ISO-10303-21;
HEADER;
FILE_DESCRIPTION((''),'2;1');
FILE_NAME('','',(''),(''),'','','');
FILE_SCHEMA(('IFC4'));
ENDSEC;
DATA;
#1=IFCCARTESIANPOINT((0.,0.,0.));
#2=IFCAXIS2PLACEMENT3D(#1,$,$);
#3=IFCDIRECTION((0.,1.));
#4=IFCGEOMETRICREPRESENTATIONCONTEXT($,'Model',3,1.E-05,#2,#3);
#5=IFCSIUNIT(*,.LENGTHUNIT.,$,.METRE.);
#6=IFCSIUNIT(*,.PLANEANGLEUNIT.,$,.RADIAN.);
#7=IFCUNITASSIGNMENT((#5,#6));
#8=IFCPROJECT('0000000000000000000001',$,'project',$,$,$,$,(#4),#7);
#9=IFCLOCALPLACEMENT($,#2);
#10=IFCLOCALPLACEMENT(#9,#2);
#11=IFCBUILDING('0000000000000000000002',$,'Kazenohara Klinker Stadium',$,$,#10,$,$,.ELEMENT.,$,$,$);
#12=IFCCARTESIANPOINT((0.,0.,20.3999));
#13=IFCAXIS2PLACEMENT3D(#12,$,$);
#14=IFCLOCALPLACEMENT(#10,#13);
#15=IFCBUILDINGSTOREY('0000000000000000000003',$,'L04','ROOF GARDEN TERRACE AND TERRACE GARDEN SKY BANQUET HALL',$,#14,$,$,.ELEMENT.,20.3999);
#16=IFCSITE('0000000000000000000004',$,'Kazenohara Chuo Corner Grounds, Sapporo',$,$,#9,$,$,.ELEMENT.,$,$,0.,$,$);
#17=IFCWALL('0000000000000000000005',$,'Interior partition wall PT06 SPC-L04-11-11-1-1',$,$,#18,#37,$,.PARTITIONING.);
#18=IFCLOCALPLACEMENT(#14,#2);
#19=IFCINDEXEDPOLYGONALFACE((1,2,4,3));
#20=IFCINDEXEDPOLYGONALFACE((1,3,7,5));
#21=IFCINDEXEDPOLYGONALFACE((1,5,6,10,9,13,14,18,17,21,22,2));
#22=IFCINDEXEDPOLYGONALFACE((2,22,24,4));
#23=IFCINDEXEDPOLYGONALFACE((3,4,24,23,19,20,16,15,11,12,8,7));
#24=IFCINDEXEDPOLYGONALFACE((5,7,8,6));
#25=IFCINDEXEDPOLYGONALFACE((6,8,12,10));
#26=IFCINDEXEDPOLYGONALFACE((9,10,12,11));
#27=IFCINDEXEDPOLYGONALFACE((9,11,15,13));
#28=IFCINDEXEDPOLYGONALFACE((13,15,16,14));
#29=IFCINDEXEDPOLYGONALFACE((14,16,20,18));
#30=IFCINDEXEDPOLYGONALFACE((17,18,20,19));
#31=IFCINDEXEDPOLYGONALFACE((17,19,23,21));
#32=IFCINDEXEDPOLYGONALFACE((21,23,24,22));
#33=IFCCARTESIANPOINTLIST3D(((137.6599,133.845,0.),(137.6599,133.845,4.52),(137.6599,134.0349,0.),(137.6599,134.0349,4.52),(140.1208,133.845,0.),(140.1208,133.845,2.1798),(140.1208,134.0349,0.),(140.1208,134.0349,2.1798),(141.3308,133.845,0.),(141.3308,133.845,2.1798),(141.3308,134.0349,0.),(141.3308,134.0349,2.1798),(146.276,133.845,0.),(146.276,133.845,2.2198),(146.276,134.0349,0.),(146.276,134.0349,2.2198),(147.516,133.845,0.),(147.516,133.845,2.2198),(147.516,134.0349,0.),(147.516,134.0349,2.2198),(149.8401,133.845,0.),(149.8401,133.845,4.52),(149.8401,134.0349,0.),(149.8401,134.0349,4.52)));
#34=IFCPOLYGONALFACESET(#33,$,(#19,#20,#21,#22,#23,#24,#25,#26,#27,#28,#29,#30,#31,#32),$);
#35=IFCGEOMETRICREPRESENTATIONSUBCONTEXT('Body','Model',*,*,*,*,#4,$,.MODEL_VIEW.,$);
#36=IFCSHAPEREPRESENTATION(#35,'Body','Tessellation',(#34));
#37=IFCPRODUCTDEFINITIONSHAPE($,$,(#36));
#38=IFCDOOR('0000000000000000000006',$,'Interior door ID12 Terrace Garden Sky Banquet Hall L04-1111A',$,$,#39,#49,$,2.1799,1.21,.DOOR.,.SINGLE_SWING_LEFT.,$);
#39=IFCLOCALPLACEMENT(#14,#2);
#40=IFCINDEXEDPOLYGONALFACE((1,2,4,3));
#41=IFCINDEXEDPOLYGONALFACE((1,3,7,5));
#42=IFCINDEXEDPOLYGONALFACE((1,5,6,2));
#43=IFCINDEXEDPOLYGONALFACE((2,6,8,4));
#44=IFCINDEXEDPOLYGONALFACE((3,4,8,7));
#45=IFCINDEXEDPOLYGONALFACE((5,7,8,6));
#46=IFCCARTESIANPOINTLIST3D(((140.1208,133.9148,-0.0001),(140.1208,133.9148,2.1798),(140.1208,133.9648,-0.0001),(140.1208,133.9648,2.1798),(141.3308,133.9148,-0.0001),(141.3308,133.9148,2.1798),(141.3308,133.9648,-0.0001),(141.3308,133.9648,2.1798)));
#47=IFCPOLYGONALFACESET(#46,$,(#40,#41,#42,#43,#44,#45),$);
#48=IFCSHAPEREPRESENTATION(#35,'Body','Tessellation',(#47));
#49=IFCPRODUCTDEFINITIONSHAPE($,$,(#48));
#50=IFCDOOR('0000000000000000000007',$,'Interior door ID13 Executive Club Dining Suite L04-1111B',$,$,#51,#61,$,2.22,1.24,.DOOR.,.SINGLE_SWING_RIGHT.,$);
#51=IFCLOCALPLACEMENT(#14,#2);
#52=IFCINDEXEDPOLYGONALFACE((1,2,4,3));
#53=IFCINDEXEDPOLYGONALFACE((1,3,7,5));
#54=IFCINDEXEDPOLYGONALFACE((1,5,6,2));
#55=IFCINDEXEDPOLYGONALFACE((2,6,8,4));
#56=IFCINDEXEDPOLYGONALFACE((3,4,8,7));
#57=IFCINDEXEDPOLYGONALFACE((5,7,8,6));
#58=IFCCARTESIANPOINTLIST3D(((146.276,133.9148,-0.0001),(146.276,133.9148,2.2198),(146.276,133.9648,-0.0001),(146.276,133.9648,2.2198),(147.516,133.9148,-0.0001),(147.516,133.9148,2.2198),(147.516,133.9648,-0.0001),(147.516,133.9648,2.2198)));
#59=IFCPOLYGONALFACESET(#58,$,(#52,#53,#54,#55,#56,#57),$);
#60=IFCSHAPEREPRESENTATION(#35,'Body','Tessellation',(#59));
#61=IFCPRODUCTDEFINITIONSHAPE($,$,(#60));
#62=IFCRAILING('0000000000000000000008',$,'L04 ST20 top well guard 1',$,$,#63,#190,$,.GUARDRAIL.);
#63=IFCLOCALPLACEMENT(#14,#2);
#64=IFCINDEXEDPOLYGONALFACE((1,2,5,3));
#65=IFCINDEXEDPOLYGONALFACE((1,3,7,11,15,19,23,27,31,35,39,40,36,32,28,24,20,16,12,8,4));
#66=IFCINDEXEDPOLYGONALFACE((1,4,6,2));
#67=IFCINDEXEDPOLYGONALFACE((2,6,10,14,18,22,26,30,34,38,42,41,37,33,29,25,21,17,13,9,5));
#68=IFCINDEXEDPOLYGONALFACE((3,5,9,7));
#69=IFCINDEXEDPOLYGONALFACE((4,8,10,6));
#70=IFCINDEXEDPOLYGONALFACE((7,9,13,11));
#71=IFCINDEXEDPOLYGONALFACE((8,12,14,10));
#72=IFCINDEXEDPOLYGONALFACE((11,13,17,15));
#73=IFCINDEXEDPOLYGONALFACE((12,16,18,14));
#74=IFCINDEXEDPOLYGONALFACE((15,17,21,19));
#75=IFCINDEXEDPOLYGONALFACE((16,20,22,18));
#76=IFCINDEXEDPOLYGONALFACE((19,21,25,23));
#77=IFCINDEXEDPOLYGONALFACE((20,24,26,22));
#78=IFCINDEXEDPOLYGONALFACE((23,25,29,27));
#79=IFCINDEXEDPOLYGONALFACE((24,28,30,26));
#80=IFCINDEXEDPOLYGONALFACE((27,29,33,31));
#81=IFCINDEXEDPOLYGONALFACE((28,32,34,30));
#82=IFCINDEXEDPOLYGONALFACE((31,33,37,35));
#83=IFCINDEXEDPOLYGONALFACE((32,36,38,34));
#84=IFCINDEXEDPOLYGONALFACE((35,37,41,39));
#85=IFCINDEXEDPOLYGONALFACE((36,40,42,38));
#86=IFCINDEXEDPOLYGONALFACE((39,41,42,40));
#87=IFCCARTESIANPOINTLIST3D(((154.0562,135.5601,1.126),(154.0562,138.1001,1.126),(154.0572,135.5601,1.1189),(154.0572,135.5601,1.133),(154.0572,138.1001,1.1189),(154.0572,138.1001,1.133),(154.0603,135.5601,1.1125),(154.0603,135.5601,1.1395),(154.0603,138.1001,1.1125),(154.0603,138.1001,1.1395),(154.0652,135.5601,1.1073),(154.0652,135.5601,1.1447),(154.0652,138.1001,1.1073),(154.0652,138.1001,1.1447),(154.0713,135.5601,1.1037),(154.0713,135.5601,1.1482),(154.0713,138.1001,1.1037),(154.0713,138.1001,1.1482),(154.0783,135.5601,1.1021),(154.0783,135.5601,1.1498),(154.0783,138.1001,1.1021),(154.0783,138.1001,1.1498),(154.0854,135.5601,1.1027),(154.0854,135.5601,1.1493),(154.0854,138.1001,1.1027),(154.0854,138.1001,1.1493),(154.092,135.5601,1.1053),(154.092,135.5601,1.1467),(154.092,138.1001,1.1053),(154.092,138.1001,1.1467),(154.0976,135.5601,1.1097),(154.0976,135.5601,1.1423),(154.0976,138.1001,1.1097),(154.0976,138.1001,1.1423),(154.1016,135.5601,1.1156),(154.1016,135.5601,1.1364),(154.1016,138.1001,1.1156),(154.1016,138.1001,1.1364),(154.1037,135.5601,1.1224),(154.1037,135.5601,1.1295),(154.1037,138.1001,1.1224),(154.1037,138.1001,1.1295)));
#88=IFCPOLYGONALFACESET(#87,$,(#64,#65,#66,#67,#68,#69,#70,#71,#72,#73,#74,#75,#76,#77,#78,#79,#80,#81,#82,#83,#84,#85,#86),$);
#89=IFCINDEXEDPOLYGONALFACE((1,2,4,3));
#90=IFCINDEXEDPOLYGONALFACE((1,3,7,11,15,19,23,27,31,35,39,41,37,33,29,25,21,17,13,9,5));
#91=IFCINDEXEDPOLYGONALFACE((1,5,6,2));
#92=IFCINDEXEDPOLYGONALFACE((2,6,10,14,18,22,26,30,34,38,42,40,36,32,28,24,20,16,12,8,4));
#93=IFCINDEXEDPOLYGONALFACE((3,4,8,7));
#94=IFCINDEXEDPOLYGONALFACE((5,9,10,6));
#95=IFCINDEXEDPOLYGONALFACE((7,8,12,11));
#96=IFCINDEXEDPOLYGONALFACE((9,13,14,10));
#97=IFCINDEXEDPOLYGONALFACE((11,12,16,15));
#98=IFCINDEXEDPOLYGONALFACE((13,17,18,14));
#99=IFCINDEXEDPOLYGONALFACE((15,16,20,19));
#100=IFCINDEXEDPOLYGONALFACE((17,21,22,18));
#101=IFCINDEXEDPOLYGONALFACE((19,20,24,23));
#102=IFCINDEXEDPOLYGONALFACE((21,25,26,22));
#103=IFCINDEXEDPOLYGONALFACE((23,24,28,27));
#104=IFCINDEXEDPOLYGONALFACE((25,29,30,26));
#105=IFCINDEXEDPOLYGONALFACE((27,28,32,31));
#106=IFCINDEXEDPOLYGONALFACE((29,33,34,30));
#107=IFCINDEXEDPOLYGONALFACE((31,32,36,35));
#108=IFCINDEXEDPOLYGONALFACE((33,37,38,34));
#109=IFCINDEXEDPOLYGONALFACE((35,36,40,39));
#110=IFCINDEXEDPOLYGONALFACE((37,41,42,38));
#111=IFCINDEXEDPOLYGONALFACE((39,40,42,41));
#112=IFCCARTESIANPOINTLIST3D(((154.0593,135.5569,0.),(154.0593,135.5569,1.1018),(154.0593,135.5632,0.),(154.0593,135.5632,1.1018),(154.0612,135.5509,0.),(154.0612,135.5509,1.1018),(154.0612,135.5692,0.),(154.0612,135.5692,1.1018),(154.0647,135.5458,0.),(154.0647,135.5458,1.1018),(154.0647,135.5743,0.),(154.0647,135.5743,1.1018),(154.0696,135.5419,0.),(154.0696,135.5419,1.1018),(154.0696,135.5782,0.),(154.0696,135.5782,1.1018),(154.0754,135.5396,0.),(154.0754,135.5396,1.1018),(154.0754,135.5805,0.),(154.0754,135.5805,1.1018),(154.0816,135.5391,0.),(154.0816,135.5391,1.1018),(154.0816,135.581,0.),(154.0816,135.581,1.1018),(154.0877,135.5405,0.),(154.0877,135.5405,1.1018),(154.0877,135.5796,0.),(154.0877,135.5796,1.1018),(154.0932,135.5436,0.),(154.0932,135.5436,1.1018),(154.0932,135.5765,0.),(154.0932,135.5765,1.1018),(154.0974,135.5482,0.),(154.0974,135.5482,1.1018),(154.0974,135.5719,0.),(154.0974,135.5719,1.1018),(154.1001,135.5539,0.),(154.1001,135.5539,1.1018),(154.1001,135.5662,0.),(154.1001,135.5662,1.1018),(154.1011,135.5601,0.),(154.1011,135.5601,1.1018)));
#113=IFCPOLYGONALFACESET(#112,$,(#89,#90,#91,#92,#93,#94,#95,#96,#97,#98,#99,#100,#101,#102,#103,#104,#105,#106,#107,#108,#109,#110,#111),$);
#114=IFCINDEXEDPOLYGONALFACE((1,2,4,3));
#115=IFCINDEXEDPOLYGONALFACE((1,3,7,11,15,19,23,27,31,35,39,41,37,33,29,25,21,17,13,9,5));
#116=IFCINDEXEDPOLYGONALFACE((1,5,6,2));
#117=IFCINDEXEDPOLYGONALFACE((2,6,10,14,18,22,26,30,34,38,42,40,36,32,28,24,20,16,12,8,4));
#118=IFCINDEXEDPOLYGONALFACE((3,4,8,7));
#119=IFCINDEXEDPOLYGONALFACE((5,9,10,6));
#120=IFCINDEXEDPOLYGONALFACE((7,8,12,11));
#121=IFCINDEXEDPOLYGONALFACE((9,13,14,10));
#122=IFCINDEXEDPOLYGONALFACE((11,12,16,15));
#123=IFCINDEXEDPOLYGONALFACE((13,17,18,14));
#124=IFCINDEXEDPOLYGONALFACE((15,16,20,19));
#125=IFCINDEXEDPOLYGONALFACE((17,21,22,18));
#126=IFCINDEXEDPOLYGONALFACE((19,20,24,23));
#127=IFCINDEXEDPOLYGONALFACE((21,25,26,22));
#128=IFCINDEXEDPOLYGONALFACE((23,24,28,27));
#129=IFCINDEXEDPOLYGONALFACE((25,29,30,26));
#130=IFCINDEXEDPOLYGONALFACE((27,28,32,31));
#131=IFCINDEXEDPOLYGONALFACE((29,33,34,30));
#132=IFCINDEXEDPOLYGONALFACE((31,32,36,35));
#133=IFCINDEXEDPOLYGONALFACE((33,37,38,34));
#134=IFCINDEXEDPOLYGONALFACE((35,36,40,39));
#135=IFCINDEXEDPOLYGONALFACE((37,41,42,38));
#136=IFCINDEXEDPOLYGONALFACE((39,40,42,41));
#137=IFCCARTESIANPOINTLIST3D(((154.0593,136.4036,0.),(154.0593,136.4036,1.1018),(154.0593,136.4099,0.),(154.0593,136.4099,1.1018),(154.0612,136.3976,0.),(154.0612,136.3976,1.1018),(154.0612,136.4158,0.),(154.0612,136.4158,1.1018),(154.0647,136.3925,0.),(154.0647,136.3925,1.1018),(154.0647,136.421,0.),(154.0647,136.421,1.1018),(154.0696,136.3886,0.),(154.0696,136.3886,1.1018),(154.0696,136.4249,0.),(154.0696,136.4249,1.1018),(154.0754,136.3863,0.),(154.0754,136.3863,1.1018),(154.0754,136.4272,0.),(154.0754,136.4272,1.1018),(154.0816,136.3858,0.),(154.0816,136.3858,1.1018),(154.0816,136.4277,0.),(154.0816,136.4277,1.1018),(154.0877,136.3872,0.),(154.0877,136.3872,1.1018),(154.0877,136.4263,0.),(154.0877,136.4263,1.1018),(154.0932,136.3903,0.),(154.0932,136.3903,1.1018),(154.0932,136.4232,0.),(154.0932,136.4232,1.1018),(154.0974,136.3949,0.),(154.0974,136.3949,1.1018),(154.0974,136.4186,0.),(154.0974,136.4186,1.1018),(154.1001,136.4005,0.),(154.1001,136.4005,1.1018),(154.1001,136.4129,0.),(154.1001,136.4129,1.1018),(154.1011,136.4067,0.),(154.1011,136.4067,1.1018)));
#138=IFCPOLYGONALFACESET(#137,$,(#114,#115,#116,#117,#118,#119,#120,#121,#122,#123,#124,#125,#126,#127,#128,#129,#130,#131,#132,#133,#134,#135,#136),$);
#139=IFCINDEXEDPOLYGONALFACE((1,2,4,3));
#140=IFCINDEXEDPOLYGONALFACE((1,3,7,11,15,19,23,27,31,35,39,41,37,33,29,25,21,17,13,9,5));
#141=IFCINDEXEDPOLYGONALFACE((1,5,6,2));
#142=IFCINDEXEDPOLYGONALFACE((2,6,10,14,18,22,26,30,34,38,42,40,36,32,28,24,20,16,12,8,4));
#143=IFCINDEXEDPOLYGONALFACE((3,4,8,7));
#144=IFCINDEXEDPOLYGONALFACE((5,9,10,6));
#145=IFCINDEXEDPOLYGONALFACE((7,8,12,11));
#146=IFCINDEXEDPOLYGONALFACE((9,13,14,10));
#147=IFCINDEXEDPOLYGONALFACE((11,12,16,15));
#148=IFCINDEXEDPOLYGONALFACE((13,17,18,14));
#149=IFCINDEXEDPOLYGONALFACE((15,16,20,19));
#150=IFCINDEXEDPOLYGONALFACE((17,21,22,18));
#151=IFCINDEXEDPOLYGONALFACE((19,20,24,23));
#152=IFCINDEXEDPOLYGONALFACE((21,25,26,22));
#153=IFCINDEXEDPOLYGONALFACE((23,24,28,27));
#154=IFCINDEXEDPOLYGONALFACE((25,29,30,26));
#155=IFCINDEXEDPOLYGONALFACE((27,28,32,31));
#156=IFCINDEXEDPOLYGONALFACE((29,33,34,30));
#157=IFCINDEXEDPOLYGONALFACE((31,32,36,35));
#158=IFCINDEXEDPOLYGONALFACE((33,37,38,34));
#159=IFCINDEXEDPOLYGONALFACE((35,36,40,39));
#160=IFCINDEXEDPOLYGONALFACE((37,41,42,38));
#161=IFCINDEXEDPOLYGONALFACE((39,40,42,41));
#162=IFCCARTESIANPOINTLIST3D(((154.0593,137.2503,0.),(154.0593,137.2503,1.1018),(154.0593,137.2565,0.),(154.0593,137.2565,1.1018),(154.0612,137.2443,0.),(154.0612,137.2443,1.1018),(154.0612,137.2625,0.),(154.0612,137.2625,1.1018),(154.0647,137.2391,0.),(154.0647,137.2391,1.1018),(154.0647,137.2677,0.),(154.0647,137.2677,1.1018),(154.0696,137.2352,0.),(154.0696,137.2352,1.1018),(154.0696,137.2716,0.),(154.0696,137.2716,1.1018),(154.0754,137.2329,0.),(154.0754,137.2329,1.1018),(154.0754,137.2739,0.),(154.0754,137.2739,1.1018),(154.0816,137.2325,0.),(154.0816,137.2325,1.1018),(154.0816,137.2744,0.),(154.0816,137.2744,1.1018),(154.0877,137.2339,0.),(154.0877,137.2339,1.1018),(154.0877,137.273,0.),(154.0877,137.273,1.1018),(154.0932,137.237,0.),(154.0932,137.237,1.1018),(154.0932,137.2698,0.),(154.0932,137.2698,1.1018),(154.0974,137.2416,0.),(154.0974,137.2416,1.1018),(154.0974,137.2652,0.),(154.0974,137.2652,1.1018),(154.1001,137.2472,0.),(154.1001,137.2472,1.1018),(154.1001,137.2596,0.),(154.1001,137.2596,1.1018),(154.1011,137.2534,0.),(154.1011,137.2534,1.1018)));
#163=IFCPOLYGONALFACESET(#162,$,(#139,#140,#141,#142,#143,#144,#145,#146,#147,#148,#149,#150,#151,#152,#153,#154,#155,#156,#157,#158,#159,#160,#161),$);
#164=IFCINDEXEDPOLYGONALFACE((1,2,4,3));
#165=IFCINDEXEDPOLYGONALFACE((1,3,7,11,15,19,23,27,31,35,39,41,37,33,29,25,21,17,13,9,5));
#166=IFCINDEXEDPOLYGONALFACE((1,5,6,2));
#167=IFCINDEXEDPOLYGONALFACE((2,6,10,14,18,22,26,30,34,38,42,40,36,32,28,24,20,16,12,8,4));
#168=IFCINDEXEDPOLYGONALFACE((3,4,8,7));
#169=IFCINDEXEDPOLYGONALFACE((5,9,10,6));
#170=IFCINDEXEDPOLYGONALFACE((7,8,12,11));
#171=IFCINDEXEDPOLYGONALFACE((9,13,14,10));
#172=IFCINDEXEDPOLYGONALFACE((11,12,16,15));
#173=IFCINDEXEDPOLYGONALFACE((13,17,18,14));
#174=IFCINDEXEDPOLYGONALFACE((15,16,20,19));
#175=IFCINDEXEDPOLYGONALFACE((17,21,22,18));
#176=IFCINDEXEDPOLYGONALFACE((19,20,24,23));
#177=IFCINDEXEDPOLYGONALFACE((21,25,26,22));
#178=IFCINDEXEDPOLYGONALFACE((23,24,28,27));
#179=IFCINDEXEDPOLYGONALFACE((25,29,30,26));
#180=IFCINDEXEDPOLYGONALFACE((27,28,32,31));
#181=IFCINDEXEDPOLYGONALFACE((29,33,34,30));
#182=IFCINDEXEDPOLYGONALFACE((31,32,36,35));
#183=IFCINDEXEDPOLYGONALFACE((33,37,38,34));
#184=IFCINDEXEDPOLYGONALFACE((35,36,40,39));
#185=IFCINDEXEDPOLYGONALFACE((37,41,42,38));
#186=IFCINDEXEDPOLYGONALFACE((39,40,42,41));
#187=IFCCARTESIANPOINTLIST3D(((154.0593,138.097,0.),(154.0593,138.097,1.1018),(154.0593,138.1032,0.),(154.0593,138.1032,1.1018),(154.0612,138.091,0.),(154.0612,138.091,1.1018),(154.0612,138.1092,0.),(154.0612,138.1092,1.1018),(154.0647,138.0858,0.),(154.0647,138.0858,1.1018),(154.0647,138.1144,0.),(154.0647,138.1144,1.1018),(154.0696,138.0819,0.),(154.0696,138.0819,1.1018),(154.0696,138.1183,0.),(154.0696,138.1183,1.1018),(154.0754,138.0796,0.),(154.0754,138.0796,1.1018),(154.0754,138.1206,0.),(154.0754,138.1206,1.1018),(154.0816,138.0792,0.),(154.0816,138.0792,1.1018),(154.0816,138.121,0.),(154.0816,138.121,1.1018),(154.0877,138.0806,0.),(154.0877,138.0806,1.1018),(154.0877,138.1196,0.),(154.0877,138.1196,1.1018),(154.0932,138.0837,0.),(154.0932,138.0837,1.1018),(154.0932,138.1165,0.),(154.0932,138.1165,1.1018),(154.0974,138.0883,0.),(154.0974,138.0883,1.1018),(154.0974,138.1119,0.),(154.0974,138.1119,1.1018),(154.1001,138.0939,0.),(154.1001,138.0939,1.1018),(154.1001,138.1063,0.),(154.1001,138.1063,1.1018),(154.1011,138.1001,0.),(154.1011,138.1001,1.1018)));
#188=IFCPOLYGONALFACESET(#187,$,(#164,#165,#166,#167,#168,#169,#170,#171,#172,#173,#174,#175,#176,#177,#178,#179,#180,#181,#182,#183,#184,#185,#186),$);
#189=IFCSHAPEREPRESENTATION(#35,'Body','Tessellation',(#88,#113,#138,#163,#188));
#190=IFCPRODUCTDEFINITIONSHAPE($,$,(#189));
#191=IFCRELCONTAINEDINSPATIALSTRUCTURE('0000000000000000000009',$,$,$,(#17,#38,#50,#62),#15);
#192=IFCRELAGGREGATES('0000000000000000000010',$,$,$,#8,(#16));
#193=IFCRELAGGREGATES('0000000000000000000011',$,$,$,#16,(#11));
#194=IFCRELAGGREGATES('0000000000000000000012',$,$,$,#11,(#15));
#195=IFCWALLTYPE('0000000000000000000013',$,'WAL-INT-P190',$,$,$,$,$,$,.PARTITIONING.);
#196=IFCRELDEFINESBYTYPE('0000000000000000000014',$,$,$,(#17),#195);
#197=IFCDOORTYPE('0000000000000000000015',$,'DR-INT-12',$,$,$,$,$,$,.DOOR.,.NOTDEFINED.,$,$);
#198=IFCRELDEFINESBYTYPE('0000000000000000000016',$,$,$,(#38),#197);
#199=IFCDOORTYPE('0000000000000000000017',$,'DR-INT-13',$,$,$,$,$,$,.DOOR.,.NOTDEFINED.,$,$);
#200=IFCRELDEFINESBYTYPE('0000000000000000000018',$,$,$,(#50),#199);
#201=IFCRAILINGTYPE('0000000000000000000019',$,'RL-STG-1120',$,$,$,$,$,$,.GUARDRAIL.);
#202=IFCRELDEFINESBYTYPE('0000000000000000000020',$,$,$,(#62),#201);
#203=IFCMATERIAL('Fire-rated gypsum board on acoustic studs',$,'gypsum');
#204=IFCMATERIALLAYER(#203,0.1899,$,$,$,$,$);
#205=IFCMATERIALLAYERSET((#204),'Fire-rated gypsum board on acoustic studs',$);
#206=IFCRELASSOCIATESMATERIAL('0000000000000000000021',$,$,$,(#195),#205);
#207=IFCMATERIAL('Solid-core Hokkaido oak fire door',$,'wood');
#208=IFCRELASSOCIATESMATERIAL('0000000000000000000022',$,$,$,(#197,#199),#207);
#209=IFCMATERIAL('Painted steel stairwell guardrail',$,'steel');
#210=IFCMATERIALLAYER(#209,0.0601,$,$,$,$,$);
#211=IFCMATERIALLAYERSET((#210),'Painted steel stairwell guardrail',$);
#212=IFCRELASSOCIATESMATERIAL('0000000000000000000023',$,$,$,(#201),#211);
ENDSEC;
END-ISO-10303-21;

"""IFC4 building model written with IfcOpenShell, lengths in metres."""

from ifc_helpers import new_model, si_unit, direction, frame, frame_2d, origin, origin_2d, place, context, subcontext, project, spatial, rectangle, circle, extrude, material, layer, layer_set, type_object, element, fill, save


model = new_model("IFC4")

# Units and contexts
model_context = context("Model", 3, precision=1e-05, world=origin(), true_north=direction((0.0, 1.0)))
body_context = subcontext(model_context, "Body", "Model", "MODEL_VIEW")
ifc_project = project(units=[si_unit("LENGTHUNIT", "METRE"), si_unit("PLANEANGLEUNIT", "RADIAN")], contexts=[model_context])

# Site, building, storey
site_placement = place(None, origin())
site = spatial("IfcSite", under=ifc_project, at=site_placement, Name="Kazenohara Chuo Corner Grounds, Sapporo", CompositionType="ELEMENT", RefElevation=0.0)
building_placement = place(site_placement, origin())
building = spatial("IfcBuilding", under=site, at=building_placement, Name="Kazenohara Klinker Stadium", CompositionType="ELEMENT")
storey_placement = place(building_placement, frame((0.0, 0.0, 20.3999)))
storey = spatial("IfcBuildingStorey", under=building, at=storey_placement, Name="L04", Description="ROOF GARDEN TERRACE AND TERRACE GARDEN SKY BANQUET HALL", CompositionType="ELEMENT", Elevation=20.3999)

# Shared definitions
ifc_material_1 = material(Name="Fire-rated gypsum board on acoustic studs", Category="gypsum")

# Shared definitions
ifc_material_2 = material(Name="Solid-core Hokkaido oak fire door", Category="wood")

# Wall, openings, doors
ifc_layer_1 = layer(ifc_material_1, 0.1899)
ifc_layer_set_1 = layer_set([ifc_layer_1], Name="Fire-rated gypsum board on acoustic studs")
wall_type_1 = type_object("IfcWallType", Name="WAL-INT-P190", PredefinedType="PARTITIONING", material=ifc_layer_set_1)
wall_1_placement = place(storey_placement, frame((137.6599, 133.9399, 0.0), z_axis=(0.0, 0.0, 1.0), x_axis=(1.0, 0.0, 0.0)))
wall_1 = element("IfcWall", 1, at=wall_1_placement, inside=storey, type_object=wall_type_1, Name="Interior partition wall PT06 SPC-L04-11-11-1-1", PredefinedType="PARTITIONING", context=body_context, shape_type="SweptSolid", body=[
    extrude(rectangle(XDim=12.1802, YDim=0.1899, at=frame_2d((6.0901, 0.0))), origin(), (0.0, 0.0, 1.0), 4.52),
])
opening_1_placement = place(wall_1_placement, frame((2.4609, 0.0, 0.0)))
opening_1 = element("IfcOpeningElement", 2, at=opening_1_placement, cuts=wall_1, PredefinedType="OPENING", context=body_context, shape_type="SweptSolid", body=[
    extrude(rectangle(XDim=1.21, YDim=2.1799, at=frame_2d((0.605, 1.0898))), frame((0.0, 0.105, 0.0), z_axis=(0.0, -1.0, 0.0), x_axis=(1.0, 0.0, 0.0)), (0.0, 0.0, 1.0), 0.21),
])
opening_2_placement = place(wall_1_placement, frame((8.616, 0.0, 0.0)))
opening_2 = element("IfcOpeningElement", 3, at=opening_2_placement, cuts=wall_1, PredefinedType="OPENING", context=body_context, shape_type="SweptSolid", body=[
    extrude(rectangle(XDim=1.24, YDim=2.22, at=frame_2d((0.6201, 1.1099))), frame((0.0, 0.105, 0.0), z_axis=(0.0, -1.0, 0.0), x_axis=(1.0, 0.0, 0.0)), (0.0, 0.0, 1.0), 0.21),
])
door_type_1 = type_object("IfcDoorType", Name="DR-INT-12", OperationType="NOTDEFINED", PredefinedType="DOOR", material=ifc_material_2)
door_1_placement = place(opening_1_placement, origin())
door_1 = element("IfcDoor", 4, at=door_1_placement, inside=storey, type_object=door_type_1, Name="Interior door ID12 Terrace Garden Sky Banquet Hall L04-1111A", OperationType="SINGLE_SWING_LEFT", OverallHeight=2.1799, OverallWidth=1.21, PredefinedType="DOOR", context=body_context, shape_type="SweptSolid", body=[
    extrude(rectangle(XDim=1.21, YDim=2.1799, at=frame_2d((0.605, 1.0898))), frame((0.0, 0.0249, 0.0), z_axis=(0.0, -1.0, 0.0), x_axis=(1.0, 0.0, 0.0)), (0.0, 0.0, 1.0), 0.05),
])
fill(opening_1, door_1)
door_type_2 = type_object("IfcDoorType", Name="DR-INT-13", OperationType="NOTDEFINED", PredefinedType="DOOR", material=ifc_material_2)
door_2_placement = place(opening_2_placement, origin())
door_2 = element("IfcDoor", 5, at=door_2_placement, inside=storey, type_object=door_type_2, Name="Interior door ID13 Executive Club Dining Suite L04-1111B", OperationType="SINGLE_SWING_RIGHT", OverallHeight=2.22, OverallWidth=1.24, PredefinedType="DOOR", context=body_context, shape_type="SweptSolid", body=[
    extrude(rectangle(XDim=1.24, YDim=2.22, at=frame_2d((0.6201, 1.1099))), frame((0.0, 0.0249, 0.0), z_axis=(0.0, -1.0, 0.0), x_axis=(1.0, 0.0, 0.0)), (0.0, 0.0, 1.0), 0.05),
])
fill(opening_2, door_2)

# Railing
ifc_material_3 = material(Name="Painted steel stairwell guardrail", Category="steel")
ifc_layer_2 = layer(ifc_material_3, 0.0601)
ifc_layer_set_2 = layer_set([ifc_layer_2], Name="Painted steel stairwell guardrail")
railing_type = type_object("IfcRailingType", Name="RL-STG-1120", PredefinedType="GUARDRAIL", material=ifc_layer_set_2)
railing_placement = place(storey_placement, frame((154.0801, 135.5601, 0.0)))
element("IfcRailing", 6, at=railing_placement, inside=storey, type_object=railing_type, Name="L04 ST20 top well guard 1", PredefinedType="GUARDRAIL", context=body_context, shape_type="SweptSolid", body=[
    extrude(circle(Radius=0.0239, at=origin_2d()), frame((0.0, 0.0, 1.126), z_axis=(0.0, 1.0, 0.0), x_axis=(-1.0, 0.0, 0.0)), (0.0, 0.0, 1.0), 2.54),
    extrude(circle(Radius=0.021, at=origin_2d()), origin(), (0.0, 0.0, 1.0), 1.1018),
    extrude(circle(Radius=0.021, at=origin_2d()), frame((0.0, 0.8467, 0.0)), (0.0, 0.0, 1.0), 1.1018),
    extrude(circle(Radius=0.021, at=origin_2d()), frame((0.0, 1.6934, 0.0)), (0.0, 0.0, 1.0), 1.1018),
    extrude(circle(Radius=0.021, at=origin_2d()), frame((0.0, 2.54, 0.0)), (0.0, 0.0, 1.0), 1.1018),
])

save(model, "model.ifc")
